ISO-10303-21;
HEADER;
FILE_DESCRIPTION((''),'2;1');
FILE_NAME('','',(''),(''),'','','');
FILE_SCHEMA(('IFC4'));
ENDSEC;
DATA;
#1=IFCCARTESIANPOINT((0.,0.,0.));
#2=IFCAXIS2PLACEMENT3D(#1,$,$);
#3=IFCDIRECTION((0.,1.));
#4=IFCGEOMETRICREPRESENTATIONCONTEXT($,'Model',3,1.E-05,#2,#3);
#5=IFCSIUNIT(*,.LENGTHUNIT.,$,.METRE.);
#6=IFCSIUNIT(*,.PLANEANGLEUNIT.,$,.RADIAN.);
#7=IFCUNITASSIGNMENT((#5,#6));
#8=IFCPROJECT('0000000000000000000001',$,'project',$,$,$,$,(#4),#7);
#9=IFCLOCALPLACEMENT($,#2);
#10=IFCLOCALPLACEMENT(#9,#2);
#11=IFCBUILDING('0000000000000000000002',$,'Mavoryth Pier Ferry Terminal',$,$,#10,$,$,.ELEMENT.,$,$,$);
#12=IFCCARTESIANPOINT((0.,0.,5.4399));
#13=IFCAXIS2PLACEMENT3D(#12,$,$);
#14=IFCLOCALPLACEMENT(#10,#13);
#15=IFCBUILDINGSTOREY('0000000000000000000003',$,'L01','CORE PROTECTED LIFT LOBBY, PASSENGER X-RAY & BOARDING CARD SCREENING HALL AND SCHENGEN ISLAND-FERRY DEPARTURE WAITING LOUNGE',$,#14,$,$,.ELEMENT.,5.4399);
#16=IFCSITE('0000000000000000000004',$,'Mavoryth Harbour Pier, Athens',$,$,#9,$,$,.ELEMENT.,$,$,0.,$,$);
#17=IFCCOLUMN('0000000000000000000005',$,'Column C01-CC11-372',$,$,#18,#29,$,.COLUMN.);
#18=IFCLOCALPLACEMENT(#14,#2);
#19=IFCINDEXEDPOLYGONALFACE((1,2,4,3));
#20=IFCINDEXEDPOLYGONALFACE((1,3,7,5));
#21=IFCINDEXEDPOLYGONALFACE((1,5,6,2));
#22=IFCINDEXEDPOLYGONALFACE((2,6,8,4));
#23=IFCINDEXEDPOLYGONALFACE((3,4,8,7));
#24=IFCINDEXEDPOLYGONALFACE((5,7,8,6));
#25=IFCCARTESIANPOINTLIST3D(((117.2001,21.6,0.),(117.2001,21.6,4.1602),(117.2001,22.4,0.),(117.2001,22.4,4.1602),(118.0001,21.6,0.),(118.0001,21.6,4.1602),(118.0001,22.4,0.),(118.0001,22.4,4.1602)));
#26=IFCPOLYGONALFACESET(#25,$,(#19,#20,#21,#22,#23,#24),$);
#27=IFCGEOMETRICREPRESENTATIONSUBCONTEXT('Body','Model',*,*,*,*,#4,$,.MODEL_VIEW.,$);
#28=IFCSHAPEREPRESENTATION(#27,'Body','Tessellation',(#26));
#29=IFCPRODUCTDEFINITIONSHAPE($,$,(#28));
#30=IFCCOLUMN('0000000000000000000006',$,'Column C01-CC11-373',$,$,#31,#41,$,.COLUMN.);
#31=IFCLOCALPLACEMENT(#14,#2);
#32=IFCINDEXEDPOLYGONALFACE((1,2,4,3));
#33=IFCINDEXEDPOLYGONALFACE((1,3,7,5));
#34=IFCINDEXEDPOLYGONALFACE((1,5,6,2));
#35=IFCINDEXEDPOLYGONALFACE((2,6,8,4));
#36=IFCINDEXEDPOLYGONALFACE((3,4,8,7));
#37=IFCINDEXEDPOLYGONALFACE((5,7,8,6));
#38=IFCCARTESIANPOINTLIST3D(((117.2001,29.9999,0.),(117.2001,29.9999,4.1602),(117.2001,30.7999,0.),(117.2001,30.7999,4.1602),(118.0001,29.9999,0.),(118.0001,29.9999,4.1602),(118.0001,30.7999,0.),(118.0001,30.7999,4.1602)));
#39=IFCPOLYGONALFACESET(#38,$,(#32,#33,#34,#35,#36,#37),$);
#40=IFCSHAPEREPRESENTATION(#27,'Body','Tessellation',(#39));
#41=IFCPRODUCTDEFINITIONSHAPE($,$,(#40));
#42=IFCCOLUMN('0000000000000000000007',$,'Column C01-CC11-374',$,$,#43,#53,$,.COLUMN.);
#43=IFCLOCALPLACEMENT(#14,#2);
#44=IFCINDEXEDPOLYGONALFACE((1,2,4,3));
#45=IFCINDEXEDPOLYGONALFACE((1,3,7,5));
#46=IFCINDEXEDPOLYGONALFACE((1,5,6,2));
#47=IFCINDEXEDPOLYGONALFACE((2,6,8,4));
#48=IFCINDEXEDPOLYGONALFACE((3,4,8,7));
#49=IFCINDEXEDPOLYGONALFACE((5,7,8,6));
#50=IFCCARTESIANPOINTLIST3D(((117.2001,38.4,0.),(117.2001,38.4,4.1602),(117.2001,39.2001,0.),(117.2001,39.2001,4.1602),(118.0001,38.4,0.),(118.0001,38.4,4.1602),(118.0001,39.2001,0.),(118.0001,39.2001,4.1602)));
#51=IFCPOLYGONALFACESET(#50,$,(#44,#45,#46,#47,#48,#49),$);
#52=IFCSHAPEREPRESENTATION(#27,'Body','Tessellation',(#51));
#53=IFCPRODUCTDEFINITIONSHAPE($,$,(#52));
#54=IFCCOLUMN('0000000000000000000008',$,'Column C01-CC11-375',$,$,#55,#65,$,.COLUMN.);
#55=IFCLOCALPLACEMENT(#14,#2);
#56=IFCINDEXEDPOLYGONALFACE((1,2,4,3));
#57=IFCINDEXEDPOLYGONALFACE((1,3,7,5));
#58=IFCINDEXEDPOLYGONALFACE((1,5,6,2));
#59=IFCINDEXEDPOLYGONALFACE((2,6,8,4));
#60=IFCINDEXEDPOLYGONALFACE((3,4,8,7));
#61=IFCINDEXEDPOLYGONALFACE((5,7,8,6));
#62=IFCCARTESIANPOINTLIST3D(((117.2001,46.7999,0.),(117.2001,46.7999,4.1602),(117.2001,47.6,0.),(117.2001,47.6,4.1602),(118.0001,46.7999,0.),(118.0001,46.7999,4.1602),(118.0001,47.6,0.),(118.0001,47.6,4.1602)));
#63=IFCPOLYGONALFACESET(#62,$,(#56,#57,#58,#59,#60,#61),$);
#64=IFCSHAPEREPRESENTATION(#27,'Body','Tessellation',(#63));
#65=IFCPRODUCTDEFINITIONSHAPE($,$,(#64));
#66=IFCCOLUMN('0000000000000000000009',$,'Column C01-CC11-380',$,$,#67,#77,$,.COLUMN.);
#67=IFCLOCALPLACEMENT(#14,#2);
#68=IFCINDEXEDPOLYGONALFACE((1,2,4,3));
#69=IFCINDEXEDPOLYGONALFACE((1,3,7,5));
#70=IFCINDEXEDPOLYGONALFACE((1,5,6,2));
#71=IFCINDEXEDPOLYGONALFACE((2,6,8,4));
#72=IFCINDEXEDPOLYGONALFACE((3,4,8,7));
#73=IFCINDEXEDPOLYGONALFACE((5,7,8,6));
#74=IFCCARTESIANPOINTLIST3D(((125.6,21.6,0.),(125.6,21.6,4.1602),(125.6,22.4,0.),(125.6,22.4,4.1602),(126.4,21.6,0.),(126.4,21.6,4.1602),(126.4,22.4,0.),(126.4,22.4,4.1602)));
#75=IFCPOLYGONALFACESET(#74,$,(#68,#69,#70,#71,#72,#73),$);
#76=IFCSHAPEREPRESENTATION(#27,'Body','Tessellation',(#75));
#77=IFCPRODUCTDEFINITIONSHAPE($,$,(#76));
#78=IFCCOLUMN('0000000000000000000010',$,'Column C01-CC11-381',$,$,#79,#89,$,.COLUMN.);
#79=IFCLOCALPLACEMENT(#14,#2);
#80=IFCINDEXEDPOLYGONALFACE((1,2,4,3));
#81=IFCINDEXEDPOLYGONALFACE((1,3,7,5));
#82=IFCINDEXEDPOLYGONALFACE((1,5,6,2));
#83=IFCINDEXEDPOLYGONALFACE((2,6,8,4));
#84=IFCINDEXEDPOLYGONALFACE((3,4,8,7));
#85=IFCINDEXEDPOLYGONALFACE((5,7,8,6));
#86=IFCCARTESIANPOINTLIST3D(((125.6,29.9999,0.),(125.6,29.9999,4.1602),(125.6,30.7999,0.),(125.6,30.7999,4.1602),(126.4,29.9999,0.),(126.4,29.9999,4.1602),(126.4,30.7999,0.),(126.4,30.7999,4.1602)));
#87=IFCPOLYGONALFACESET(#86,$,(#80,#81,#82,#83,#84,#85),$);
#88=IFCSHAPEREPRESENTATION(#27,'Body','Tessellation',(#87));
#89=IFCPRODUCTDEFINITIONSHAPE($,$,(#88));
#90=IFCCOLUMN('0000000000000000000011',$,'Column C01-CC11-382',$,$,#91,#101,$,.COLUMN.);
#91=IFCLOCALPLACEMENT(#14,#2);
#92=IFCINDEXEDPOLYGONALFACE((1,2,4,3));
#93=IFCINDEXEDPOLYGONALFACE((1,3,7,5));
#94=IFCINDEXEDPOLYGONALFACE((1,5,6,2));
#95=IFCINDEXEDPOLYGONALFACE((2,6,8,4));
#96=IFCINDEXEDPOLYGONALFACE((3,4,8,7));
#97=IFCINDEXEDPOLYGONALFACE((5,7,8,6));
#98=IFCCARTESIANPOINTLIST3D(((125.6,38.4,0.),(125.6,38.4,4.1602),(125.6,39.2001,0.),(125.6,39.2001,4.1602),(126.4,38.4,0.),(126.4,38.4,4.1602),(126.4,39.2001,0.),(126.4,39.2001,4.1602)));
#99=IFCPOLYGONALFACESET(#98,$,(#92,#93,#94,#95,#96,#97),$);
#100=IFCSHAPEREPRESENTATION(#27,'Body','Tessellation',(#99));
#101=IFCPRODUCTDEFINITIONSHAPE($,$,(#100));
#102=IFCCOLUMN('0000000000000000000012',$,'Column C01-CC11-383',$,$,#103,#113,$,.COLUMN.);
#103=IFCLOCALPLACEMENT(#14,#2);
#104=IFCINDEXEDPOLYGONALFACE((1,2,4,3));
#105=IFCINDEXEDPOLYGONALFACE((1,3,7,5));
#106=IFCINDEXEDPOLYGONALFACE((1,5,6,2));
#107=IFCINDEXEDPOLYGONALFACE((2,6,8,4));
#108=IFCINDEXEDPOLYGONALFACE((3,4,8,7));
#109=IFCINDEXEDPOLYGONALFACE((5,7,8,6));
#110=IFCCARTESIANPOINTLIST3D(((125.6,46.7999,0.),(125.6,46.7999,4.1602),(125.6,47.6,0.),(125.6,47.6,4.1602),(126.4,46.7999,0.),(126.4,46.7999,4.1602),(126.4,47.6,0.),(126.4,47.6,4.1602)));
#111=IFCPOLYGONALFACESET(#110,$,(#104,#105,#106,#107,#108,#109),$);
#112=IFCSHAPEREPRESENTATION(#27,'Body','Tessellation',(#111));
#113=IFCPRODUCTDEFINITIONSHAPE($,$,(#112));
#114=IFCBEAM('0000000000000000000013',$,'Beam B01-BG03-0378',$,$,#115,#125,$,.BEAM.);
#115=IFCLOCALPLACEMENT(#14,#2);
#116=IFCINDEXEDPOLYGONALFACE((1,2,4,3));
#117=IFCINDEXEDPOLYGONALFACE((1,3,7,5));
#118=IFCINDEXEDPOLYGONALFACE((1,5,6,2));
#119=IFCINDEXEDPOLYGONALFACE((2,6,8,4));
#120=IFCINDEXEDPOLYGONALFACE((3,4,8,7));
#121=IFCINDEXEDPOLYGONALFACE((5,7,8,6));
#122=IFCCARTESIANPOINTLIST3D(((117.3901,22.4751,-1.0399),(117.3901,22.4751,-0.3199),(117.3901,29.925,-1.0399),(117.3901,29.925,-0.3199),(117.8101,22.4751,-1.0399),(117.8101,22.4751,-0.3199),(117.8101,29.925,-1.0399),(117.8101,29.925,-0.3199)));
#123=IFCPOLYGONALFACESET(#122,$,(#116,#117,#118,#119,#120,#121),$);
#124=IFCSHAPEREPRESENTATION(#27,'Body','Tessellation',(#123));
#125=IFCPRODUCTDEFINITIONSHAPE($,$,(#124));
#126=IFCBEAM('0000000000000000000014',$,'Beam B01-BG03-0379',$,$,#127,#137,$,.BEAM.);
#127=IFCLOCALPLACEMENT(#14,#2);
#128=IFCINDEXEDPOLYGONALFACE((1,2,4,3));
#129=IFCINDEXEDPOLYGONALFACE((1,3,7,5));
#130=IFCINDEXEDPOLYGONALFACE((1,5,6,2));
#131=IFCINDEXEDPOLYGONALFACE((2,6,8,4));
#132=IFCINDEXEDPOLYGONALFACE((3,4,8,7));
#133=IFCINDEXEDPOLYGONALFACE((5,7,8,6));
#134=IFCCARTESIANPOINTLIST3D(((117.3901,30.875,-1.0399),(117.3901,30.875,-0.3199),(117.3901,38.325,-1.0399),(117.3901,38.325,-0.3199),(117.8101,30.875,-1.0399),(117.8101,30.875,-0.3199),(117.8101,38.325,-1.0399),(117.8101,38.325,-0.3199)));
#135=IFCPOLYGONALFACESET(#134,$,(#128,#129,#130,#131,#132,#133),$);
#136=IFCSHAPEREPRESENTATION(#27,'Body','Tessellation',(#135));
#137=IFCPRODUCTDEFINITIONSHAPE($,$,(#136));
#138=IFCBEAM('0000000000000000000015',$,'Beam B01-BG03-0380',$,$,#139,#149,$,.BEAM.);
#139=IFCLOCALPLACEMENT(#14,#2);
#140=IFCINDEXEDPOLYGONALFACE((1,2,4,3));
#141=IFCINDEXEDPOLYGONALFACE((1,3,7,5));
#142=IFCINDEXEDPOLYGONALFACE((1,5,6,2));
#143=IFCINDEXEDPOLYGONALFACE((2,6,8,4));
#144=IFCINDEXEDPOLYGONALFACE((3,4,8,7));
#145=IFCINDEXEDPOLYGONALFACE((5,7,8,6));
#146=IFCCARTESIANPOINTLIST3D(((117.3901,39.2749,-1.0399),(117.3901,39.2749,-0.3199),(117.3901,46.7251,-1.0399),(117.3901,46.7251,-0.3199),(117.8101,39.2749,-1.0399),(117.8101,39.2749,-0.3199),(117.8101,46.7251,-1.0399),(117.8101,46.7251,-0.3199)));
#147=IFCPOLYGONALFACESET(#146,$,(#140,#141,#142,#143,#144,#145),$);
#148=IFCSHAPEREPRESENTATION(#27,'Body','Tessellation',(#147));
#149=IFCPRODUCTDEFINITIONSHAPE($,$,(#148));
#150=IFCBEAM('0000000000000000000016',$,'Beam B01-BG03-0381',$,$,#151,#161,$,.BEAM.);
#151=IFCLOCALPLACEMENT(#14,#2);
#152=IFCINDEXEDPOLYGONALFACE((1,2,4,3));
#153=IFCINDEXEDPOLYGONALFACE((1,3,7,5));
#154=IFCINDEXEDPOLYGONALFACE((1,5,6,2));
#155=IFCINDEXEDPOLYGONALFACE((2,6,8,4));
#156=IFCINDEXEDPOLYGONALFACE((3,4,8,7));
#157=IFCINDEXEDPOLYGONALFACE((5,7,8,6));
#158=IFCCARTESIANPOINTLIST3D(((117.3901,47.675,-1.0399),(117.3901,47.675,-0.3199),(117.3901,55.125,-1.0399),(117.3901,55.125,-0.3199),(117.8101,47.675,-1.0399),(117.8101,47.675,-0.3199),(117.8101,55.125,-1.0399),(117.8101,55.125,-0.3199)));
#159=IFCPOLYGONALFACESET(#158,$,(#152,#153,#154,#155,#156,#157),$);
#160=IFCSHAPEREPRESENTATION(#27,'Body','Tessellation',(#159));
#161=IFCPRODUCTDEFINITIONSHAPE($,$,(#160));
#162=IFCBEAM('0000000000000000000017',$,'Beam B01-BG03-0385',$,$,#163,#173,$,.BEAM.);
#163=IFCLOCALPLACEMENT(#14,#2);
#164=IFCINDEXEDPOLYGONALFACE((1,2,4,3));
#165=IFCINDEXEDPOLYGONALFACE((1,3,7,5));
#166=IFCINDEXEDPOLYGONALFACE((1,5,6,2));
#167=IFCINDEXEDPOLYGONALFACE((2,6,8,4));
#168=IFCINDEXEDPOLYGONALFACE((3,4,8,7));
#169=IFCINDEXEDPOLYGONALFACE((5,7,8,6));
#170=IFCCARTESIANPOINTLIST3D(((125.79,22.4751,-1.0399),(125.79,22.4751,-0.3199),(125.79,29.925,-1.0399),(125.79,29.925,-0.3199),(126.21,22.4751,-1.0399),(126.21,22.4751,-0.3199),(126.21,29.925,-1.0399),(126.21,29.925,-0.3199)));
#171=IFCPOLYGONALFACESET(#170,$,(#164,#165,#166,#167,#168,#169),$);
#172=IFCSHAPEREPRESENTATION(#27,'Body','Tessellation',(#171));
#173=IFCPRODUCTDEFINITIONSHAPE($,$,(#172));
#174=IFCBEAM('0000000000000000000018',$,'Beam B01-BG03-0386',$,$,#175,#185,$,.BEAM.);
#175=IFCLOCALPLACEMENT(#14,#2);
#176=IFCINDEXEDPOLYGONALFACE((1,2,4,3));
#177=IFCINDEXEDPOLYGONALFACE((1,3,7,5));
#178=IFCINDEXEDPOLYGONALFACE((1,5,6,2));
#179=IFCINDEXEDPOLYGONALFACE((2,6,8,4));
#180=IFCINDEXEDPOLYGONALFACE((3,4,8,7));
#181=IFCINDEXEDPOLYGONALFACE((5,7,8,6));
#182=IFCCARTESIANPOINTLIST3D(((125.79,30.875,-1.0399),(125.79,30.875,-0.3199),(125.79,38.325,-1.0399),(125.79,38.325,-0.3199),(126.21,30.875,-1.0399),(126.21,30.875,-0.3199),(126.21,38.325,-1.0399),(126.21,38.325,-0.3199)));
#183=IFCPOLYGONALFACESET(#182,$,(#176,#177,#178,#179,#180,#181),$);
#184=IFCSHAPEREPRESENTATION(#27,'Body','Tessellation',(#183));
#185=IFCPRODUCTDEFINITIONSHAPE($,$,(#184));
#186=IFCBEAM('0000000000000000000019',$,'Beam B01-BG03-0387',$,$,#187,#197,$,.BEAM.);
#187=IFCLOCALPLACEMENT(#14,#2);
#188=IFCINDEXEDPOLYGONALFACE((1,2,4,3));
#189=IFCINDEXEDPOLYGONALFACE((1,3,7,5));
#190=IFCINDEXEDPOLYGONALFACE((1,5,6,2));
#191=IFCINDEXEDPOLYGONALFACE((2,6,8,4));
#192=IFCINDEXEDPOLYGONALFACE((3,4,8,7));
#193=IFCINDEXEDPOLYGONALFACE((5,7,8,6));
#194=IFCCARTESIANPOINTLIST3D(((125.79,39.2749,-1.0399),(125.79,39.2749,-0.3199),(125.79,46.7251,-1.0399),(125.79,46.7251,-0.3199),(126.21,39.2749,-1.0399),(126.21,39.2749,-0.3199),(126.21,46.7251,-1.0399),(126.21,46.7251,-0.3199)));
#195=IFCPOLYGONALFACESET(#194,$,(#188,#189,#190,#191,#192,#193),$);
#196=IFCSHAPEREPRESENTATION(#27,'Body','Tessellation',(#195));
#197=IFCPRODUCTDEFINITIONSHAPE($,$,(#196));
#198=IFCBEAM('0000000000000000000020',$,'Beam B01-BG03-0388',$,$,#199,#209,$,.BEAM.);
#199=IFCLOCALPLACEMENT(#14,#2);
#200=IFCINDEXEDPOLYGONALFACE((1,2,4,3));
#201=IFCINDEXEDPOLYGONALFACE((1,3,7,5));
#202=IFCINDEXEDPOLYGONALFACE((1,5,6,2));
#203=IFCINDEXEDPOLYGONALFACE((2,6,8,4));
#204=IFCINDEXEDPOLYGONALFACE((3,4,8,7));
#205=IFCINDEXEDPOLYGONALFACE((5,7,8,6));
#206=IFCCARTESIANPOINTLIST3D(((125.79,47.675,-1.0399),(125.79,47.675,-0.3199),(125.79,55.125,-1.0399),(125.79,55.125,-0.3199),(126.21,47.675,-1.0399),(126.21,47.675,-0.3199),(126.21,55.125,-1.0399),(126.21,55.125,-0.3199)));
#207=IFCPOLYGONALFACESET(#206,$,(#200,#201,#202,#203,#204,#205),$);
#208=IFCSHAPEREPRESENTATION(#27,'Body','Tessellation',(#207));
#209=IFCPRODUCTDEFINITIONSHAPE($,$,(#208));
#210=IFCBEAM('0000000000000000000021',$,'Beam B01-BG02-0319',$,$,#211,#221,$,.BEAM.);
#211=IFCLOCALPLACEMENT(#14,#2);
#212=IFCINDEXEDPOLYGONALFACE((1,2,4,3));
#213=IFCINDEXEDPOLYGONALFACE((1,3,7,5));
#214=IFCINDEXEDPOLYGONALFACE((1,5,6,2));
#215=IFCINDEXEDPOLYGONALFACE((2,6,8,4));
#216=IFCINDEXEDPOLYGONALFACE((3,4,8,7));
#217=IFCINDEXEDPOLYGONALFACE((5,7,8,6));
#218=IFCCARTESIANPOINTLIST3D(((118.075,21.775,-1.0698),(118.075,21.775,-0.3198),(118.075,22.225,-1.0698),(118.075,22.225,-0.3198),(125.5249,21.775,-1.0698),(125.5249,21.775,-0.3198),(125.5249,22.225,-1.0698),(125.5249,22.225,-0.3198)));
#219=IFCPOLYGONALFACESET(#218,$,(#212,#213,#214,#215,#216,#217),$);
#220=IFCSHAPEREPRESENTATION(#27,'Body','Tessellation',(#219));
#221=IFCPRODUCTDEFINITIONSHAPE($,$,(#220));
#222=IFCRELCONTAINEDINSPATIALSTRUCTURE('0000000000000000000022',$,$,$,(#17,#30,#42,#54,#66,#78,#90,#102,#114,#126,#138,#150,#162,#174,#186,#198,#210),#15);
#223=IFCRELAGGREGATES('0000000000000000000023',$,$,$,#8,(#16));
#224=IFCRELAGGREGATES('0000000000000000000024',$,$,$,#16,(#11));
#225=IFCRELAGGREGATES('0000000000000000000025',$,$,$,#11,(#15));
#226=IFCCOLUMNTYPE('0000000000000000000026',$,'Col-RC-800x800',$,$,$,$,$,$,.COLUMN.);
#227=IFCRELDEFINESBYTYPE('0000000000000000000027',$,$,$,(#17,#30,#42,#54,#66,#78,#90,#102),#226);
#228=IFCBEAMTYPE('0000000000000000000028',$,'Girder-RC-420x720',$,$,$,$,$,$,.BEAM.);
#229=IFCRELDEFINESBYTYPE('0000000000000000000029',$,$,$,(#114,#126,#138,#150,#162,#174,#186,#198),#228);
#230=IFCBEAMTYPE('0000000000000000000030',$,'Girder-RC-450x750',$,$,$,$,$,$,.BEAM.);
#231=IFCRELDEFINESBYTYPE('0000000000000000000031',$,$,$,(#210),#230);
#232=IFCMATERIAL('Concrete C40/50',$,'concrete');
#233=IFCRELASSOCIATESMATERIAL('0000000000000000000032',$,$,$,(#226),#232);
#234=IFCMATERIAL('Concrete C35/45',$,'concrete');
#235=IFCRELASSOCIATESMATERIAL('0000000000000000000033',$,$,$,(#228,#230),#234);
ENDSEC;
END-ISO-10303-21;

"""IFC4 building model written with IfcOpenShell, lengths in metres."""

from ifc_helpers import new_model, si_unit, direction, frame, origin, origin_2d, place, context, subcontext, project, spatial, rectangle, extrude, material, material_profile, profile_set, type_object, element, save


model = new_model("IFC4")

# Units and contexts
model_context = context("Model", 3, precision=1e-05, world=origin(), true_north=direction((0.0, 1.0)))
body_context = subcontext(model_context, "Body", "Model", "MODEL_VIEW")
ifc_project = project(units=[si_unit("LENGTHUNIT", "METRE"), si_unit("PLANEANGLEUNIT", "RADIAN")], contexts=[model_context])

# Site, building, storey
site_placement = place(None, origin())
site = spatial("IfcSite", under=ifc_project, at=site_placement, Name="Mavoryth Harbour Pier, Athens", CompositionType="ELEMENT", RefElevation=0.0)
building_placement = place(site_placement, origin())
building = spatial("IfcBuilding", under=site, at=building_placement, Name="Mavoryth Pier Ferry Terminal", CompositionType="ELEMENT")
storey_placement = place(building_placement, frame((0.0, 0.0, 5.4399)))
storey = spatial("IfcBuildingStorey", under=building, at=storey_placement, Name="L01", Description="CORE PROTECTED LIFT LOBBY, PASSENGER X-RAY & BOARDING CARD SCREENING HALL AND SCHENGEN ISLAND-FERRY DEPARTURE WAITING LOUNGE", CompositionType="ELEMENT", Elevation=5.4399)

# Columns
ifc_material_1 = material(Name="Concrete C40/50", Category="concrete")
ifc_material_profile_1 = material_profile(ifc_material_1, rectangle(XDim=0.8, YDim=0.8, at=origin_2d()), Name="RC 800x800", Category="concrete")
ifc_profile_set_1 = profile_set([ifc_material_profile_1], Name="Concrete C40/50 - RC 800x800")
column_type = type_object("IfcColumnType", Name="Col-RC-800x800", PredefinedType="COLUMN", material=ifc_profile_set_1)
for number, where, z_axis, x_axis, name in (
    (1, (117.6001, 22.0, 0.0), (0.0, 0.0, 1.0), (1.0, 0.0, 0.0), "Column C01-CC11-372"),
    (2, (117.6001, 30.3999, 0.0), (0.0, 0.0, 1.0), (1.0, 0.0, 0.0), "Column C01-CC11-373"),
    (3, (117.6001, 38.8, 0.0), (0.0, 0.0, 1.0), (1.0, 0.0, 0.0), "Column C01-CC11-374"),
    (4, (117.6001, 47.2, 0.0), (0.0, 0.0, 1.0), (1.0, 0.0, 0.0), "Column C01-CC11-375"),
    (5, (126.0, 22.0, 0.0), (0.0, 0.0, 1.0), (1.0, 0.0, 0.0), "Column C01-CC11-380"),
    (6, (126.0, 30.3999, 0.0), (0.0, 0.0, 1.0), (1.0, 0.0, 0.0), "Column C01-CC11-381"),
    (7, (126.0, 38.8, 0.0), (0.0, 0.0, 1.0), (1.0, 0.0, 0.0), "Column C01-CC11-382"),
    (8, (126.0, 47.2, 0.0), (0.0, 0.0, 1.0), (1.0, 0.0, 0.0), "Column C01-CC11-383"),
):
    element("IfcColumn", number, at=place(storey_placement, frame(where, z_axis=z_axis, x_axis=x_axis)), inside=storey, type_object=column_type, Name=name, PredefinedType="COLUMN", context=body_context, shape_type="SweptSolid", body=[
        extrude(rectangle(XDim=0.8, YDim=0.8, at=origin_2d()), origin(), (0.0, 0.0, 1.0), 4.1602),
    ])

# Beams
ifc_material_2 = material(Name="Concrete C35/45", Category="concrete")
ifc_material_profile_2 = material_profile(ifc_material_2, rectangle(XDim=0.4199, YDim=0.72, at=origin_2d()), Name="RC 420x720", Category="concrete")
ifc_profile_set_2 = profile_set([ifc_material_profile_2], Name="Concrete C35/45 - RC 420x720")
beam_type_1 = type_object("IfcBeamType", Name="Girder-RC-420x720", PredefinedType="BEAM", material=ifc_profile_set_2)
for number, where, z_axis, x_axis, name in (
    (9, (117.6001, 22.4751, -0.6799), (0.0, 1.0, 0.0), (-1.0, 0.0, 0.0), "Beam B01-BG03-0378"),
    (10, (117.6001, 30.875, -0.6799), (0.0, 1.0, 0.0), (-1.0, 0.0, 0.0), "Beam B01-BG03-0379"),
):
    element("IfcBeam", number, at=place(storey_placement, frame(where, z_axis=z_axis, x_axis=x_axis)), inside=storey, type_object=beam_type_1, Name=name, PredefinedType="BEAM", context=body_context, shape_type="SweptSolid", body=[
        extrude(rectangle(XDim=0.4199, YDim=0.72, at=origin_2d()), origin(), (0.0, 0.0, 1.0), 7.45),
    ])
beam_1_placement = place(storey_placement, frame((117.6001, 39.2749, -0.6799), z_axis=(0.0, 1.0, 0.0), x_axis=(-1.0, 0.0, 0.0)))
element("IfcBeam", 11, at=beam_1_placement, inside=storey, type_object=beam_type_1, Name="Beam B01-BG03-0380", PredefinedType="BEAM", context=body_context, shape_type="SweptSolid", body=[
    extrude(rectangle(XDim=0.4199, YDim=0.72, at=origin_2d()), origin(), (0.0, 0.0, 1.0), 7.4502),
])
for number, where, z_axis, x_axis, name in (
    (12, (117.6001, 47.675, -0.6799), (0.0, 1.0, 0.0), (-1.0, 0.0, 0.0), "Beam B01-BG03-0381"),
    (13, (126.0, 22.4751, -0.6799), (0.0, 1.0, 0.0), (-1.0, 0.0, 0.0), "Beam B01-BG03-0385"),
    (14, (126.0, 30.875, -0.6799), (0.0, 1.0, 0.0), (-1.0, 0.0, 0.0), "Beam B01-BG03-0386"),
):
    element("IfcBeam", number, at=place(storey_placement, frame(where, z_axis=z_axis, x_axis=x_axis)), inside=storey, type_object=beam_type_1, Name=name, PredefinedType="BEAM", context=body_context, shape_type="SweptSolid", body=[
        extrude(rectangle(XDim=0.4199, YDim=0.72, at=origin_2d()), origin(), (0.0, 0.0, 1.0), 7.45),
    ])
beam_2_placement = place(storey_placement, frame((126.0, 39.2749, -0.6799), z_axis=(0.0, 1.0, 0.0), x_axis=(-1.0, 0.0, 0.0)))
element("IfcBeam", 15, at=beam_2_placement, inside=storey, type_object=beam_type_1, Name="Beam B01-BG03-0387", PredefinedType="BEAM", context=body_context, shape_type="SweptSolid", body=[
    extrude(rectangle(XDim=0.4199, YDim=0.72, at=origin_2d()), origin(), (0.0, 0.0, 1.0), 7.4502),
])
beam_3_placement = place(storey_placement, frame((126.0, 47.675, -0.6799), z_axis=(0.0, 1.0, 0.0), x_axis=(-1.0, 0.0, 0.0)))
element("IfcBeam", 16, at=beam_3_placement, inside=storey, type_object=beam_type_1, Name="Beam B01-BG03-0388", PredefinedType="BEAM", context=body_context, shape_type="SweptSolid", body=[
    extrude(rectangle(XDim=0.4199, YDim=0.72, at=origin_2d()), origin(), (0.0, 0.0, 1.0), 7.45),
])
ifc_material_profile_3 = material_profile(ifc_material_2, rectangle(XDim=0.45, YDim=0.75, at=origin_2d()), Name="RC 450x750", Category="concrete")
ifc_profile_set_3 = profile_set([ifc_material_profile_3], Name="Concrete C35/45 - RC 450x750")
beam_type_2 = type_object("IfcBeamType", Name="Girder-RC-450x750", PredefinedType="BEAM", material=ifc_profile_set_3)
for number, where, z_axis, x_axis, name in (
    (17, (118.075, 22.0, -0.6948), (1.0, 0.0, 0.0), (0.0, 1.0, 0.0), "Beam B01-BG02-0319"),
):
    element("IfcBeam", number, at=place(storey_placement, frame(where, z_axis=z_axis, x_axis=x_axis)), inside=storey, type_object=beam_type_2, Name=name, PredefinedType="BEAM", context=body_context, shape_type="SweptSolid", body=[
        extrude(rectangle(XDim=0.45, YDim=0.75, at=origin_2d()), origin(), (0.0, 0.0, 1.0), 7.45),
    ])

save(model, "model.ifc")
